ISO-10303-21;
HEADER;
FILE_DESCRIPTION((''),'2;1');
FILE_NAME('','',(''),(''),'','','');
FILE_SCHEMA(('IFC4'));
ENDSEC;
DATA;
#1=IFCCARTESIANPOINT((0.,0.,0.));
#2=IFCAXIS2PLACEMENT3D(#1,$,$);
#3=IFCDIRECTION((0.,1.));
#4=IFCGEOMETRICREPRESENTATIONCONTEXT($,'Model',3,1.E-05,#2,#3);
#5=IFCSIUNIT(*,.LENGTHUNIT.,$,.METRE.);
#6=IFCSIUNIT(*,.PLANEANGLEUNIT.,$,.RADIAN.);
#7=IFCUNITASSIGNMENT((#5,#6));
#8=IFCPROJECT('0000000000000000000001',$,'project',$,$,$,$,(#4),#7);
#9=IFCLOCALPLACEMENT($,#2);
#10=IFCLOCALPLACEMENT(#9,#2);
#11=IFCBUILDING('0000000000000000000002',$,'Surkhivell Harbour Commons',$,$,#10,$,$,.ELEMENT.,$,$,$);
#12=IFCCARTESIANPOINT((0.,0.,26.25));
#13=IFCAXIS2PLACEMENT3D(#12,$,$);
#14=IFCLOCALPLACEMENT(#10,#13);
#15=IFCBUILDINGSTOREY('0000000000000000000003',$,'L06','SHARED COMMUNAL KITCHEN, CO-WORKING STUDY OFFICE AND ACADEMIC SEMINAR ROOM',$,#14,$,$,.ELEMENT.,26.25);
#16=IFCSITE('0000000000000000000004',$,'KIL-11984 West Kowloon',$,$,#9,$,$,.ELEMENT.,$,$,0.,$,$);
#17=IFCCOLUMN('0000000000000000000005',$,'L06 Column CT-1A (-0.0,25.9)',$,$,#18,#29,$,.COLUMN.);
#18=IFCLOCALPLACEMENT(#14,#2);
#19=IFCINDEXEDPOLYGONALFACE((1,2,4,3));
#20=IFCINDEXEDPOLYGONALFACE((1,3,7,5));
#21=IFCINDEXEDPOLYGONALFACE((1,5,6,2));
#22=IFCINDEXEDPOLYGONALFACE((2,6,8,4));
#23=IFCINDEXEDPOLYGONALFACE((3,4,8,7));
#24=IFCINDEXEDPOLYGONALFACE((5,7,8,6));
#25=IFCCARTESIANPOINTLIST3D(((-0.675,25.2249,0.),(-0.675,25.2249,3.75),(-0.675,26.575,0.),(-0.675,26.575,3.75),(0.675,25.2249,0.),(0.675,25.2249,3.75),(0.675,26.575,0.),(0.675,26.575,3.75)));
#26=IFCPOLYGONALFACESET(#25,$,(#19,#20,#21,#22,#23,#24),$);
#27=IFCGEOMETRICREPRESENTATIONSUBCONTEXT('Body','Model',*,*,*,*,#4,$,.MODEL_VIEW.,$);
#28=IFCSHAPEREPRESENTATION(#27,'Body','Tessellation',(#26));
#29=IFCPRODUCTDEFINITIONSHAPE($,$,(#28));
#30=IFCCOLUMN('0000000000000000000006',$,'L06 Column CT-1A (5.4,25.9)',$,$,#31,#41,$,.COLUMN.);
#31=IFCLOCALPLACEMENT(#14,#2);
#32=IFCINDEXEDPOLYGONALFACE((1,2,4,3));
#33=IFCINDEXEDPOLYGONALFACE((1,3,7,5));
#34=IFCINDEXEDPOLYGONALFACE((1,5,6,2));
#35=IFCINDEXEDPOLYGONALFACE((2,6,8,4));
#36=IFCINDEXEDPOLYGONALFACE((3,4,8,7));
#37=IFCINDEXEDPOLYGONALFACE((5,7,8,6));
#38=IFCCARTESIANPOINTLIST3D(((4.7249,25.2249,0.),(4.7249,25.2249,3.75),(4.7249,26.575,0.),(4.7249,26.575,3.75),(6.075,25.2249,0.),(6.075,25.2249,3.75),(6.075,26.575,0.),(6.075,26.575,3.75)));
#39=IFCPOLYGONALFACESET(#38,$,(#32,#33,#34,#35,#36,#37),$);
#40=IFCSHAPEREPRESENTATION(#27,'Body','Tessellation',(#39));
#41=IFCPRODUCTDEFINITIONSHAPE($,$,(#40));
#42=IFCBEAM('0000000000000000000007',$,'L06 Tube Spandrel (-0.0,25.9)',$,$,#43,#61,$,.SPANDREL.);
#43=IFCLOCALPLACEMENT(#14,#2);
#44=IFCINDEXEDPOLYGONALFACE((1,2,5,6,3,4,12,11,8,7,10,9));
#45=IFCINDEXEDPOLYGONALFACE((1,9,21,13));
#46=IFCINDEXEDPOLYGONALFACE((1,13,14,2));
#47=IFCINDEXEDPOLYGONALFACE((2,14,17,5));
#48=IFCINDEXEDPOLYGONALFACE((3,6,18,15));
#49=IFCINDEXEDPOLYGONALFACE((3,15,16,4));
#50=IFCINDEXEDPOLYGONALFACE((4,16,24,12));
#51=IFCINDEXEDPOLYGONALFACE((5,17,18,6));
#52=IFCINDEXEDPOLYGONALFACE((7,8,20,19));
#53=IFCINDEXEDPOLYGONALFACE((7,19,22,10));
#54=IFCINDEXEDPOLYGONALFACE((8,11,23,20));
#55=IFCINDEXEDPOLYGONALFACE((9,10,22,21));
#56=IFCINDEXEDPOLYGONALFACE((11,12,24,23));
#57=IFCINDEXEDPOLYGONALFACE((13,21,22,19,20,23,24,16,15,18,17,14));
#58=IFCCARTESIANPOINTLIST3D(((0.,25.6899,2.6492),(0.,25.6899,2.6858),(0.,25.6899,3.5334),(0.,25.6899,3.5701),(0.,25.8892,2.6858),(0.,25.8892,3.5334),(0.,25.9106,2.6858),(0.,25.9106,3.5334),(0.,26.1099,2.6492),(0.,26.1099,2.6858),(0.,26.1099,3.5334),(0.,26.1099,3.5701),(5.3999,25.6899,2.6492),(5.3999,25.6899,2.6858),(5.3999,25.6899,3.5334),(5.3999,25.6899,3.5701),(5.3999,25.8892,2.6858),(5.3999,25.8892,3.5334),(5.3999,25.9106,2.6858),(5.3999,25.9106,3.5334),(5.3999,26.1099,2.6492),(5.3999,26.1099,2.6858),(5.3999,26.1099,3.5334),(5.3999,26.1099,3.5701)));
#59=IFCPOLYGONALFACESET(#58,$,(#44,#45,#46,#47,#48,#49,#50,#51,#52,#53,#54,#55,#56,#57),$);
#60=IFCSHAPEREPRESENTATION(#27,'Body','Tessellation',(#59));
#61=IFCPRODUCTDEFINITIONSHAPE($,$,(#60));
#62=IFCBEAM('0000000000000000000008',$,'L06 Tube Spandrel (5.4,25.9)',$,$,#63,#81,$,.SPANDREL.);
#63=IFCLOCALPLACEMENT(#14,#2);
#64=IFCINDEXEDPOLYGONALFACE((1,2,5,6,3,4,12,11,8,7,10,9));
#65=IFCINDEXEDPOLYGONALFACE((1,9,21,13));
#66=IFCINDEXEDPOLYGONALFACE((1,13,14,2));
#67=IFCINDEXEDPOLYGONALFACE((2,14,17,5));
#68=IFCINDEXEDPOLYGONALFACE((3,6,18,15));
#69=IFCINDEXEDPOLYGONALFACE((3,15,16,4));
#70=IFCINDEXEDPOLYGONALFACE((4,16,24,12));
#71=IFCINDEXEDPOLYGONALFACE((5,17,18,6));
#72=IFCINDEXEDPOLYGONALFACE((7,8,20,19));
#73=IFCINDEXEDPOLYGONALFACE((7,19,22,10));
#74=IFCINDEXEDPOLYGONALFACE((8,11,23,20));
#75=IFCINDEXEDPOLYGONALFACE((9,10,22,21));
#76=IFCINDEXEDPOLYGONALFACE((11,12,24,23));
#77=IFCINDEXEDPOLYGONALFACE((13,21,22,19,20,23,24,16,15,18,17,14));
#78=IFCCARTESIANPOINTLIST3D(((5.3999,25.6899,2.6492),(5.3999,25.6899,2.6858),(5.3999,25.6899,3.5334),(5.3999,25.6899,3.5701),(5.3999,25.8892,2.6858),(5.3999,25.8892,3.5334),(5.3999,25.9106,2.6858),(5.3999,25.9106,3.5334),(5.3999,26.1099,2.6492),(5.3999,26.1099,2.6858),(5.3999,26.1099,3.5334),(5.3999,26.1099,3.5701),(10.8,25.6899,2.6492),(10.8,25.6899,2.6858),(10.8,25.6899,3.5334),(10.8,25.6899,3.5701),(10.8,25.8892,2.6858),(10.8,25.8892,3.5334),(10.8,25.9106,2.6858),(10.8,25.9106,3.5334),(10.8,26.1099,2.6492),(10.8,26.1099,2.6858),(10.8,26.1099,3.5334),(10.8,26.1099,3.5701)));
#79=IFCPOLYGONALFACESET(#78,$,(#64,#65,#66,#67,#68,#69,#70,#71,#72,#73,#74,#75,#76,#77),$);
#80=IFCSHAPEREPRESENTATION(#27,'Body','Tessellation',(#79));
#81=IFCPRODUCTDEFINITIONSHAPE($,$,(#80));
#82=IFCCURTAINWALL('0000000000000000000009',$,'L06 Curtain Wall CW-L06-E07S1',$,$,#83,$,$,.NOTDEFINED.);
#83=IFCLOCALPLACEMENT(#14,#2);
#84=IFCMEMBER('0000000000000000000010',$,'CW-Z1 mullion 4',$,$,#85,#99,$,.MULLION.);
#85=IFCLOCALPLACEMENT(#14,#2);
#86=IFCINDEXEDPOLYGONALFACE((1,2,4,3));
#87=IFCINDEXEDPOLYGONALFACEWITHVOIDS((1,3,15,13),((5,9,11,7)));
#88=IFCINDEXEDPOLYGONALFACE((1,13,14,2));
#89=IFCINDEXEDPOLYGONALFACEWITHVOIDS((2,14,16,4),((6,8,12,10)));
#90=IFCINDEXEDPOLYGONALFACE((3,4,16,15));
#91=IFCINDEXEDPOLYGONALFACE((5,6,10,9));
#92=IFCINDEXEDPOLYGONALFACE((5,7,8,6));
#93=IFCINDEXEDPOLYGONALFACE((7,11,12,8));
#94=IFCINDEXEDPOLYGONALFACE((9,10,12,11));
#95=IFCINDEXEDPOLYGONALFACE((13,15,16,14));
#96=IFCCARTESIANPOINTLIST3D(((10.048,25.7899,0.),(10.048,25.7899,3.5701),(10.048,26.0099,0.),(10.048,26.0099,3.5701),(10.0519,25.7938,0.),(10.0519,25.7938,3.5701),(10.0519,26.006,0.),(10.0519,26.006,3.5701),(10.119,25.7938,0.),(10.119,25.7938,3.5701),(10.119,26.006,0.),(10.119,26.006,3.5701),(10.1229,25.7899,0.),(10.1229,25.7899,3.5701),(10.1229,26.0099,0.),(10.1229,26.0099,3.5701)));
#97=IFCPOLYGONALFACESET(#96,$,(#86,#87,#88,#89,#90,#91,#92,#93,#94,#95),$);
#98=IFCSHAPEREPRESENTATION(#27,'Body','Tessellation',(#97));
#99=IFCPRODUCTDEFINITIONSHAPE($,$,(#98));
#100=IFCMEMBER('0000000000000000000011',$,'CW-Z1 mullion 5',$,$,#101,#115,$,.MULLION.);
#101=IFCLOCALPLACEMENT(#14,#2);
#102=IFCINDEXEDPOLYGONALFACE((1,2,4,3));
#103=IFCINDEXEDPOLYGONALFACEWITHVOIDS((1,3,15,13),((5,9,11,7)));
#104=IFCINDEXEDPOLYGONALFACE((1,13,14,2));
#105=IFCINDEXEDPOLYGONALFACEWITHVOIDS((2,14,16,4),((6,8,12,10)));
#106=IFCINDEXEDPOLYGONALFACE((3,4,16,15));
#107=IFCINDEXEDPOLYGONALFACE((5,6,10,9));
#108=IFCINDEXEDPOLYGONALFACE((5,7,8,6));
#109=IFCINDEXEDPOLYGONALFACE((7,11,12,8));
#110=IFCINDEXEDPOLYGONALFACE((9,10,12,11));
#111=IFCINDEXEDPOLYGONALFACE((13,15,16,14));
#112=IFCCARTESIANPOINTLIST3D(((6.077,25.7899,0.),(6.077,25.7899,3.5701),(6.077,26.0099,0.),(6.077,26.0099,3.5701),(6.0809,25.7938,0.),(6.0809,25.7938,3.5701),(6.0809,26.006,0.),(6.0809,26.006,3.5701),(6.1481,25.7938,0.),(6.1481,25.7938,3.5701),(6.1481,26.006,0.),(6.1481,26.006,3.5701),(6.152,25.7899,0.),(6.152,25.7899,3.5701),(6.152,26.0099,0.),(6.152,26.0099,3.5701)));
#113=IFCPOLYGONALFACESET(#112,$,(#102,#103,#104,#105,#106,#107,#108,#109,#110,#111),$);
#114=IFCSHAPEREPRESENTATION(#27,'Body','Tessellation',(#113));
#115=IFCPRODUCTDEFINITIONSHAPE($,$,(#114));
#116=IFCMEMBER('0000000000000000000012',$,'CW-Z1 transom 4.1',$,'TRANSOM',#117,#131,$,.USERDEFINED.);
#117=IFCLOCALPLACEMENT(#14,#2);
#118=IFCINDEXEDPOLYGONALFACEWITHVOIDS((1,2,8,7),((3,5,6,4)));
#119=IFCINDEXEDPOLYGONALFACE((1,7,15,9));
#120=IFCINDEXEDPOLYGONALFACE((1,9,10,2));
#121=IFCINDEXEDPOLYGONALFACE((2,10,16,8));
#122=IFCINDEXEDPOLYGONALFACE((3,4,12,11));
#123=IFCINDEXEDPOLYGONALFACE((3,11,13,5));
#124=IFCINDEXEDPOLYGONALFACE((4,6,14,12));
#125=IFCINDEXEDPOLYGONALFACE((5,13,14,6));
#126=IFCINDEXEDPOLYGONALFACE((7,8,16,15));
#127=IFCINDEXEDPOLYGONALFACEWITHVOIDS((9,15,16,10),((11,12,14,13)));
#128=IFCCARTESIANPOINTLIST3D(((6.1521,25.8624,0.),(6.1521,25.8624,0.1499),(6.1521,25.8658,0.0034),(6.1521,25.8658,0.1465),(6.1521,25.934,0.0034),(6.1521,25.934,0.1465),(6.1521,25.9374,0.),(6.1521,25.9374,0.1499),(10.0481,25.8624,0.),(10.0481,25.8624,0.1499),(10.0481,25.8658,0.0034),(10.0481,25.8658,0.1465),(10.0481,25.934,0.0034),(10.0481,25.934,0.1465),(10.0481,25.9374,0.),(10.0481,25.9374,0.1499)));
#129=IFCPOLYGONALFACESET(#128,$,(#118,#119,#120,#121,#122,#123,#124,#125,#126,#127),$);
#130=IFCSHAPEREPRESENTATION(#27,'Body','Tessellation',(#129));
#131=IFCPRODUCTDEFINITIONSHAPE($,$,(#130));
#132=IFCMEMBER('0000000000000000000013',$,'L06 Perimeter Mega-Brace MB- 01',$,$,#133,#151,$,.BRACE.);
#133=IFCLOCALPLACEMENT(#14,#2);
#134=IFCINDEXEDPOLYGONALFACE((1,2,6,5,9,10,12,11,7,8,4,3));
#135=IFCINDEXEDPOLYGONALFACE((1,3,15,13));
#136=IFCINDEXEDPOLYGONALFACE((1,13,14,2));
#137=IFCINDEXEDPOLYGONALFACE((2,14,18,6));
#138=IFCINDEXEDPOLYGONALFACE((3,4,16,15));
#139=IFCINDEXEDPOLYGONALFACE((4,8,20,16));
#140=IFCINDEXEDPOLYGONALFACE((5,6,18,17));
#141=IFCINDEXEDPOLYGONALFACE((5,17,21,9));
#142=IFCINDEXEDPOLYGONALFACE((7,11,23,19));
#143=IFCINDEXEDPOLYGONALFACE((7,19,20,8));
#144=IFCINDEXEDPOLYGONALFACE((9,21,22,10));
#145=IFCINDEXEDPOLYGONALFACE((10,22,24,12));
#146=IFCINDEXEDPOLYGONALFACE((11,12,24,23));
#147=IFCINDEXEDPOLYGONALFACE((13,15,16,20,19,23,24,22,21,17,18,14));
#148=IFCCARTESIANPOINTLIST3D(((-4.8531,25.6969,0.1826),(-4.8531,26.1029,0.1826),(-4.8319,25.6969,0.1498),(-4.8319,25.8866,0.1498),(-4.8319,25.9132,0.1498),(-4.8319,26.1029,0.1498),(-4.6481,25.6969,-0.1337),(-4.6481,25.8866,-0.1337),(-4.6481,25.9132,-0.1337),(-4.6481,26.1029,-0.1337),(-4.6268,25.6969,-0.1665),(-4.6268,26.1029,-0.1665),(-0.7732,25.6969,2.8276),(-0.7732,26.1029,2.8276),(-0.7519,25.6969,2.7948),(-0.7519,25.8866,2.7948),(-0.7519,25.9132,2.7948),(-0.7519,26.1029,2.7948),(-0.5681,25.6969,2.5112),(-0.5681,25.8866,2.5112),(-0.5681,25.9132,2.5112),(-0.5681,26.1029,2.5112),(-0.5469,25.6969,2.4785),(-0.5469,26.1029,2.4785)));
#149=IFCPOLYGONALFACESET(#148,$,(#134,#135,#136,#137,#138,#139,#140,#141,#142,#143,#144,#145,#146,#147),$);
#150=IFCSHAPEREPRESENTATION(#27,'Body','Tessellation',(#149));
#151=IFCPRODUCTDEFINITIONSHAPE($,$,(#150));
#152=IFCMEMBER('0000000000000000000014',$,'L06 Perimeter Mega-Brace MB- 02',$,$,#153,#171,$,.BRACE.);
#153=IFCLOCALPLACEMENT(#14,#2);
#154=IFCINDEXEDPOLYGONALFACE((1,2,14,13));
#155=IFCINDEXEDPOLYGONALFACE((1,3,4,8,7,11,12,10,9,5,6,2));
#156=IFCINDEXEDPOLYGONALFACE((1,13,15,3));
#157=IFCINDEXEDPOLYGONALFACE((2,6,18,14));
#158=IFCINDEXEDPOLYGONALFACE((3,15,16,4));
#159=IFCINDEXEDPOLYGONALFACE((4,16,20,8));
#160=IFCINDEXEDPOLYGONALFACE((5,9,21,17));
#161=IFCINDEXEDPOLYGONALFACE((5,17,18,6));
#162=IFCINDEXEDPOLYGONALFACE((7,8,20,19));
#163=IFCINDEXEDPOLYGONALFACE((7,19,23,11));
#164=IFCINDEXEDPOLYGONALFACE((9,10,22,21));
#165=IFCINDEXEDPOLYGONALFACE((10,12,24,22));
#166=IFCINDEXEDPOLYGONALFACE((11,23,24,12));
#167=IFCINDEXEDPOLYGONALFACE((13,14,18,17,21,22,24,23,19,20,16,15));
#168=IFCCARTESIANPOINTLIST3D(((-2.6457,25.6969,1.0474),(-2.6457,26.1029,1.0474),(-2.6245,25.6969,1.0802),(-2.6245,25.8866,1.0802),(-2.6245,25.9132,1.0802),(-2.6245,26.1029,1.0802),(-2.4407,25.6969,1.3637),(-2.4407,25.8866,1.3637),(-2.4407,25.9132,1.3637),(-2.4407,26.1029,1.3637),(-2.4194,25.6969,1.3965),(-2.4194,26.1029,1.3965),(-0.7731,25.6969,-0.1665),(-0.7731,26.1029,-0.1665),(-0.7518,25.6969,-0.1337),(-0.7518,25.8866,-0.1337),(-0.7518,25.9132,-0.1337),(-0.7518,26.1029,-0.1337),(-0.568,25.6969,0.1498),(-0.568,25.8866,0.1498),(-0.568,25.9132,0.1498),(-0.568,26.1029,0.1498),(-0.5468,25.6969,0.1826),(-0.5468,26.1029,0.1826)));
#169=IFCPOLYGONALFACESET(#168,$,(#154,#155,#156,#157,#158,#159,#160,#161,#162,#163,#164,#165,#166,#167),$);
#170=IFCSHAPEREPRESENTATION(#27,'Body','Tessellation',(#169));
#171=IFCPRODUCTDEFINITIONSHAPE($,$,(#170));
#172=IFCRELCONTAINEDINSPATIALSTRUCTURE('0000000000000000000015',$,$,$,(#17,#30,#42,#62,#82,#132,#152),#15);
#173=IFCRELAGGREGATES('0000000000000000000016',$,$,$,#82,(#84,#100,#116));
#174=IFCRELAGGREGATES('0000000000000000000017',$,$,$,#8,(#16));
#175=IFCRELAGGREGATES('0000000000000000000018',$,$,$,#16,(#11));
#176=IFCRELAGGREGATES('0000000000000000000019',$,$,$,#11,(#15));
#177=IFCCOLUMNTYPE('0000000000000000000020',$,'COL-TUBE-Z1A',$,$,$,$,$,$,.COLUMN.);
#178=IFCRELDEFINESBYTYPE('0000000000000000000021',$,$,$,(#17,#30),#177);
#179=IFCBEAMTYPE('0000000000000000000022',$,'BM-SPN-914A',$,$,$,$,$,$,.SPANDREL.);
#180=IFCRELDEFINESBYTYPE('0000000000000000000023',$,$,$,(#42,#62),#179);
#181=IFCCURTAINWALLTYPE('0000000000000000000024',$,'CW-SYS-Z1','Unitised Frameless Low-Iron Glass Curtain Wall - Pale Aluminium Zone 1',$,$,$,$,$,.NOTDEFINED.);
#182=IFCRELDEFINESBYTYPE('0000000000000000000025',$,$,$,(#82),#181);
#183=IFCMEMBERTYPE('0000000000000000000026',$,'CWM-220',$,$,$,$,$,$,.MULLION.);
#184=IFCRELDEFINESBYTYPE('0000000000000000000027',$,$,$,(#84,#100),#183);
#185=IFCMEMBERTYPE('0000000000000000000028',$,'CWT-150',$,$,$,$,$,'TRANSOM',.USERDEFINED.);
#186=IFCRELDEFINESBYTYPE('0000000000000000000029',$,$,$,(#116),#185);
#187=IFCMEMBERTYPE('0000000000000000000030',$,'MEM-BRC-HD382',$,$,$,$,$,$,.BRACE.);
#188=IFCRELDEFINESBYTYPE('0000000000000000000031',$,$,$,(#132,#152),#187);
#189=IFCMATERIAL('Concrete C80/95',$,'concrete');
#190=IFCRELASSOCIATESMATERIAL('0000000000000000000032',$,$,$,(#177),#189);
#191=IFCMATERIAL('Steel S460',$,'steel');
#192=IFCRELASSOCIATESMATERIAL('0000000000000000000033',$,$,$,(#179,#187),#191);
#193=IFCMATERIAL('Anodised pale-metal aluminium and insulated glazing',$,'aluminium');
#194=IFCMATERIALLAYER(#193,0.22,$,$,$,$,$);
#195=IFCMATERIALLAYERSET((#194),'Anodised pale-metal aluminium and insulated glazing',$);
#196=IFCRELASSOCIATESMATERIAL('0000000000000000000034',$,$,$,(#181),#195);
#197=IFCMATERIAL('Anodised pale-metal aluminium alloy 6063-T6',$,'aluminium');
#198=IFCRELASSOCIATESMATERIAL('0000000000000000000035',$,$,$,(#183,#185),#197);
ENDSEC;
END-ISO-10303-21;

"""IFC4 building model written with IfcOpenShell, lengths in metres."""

from ifc_helpers import new_model, si_unit, direction, frame, origin, origin_2d, place, context, subcontext, project, spatial, rectangle, hollow_rectangle, i_section, extrude, material, layer, layer_set, material_profile, profile_set, type_object, element, aggregate, save


model = new_model("IFC4")

# Units and contexts
model_context = context("Model", 3, precision=1e-05, world=origin(), true_north=direction((0.0, 1.0)))
body_context = subcontext(model_context, "Body", "Model", "MODEL_VIEW")
ifc_project = project(units=[si_unit("LENGTHUNIT", "METRE"), si_unit("PLANEANGLEUNIT", "RADIAN")], contexts=[model_context])

# Site, building, storey
site_placement = place(None, origin())
site = spatial("IfcSite", under=ifc_project, at=site_placement, Name="KIL-11984 West Kowloon", CompositionType="ELEMENT", RefElevation=0.0)
building_placement = place(site_placement, origin())
building = spatial("IfcBuilding", under=site, at=building_placement, Name="Surkhivell Harbour Commons", CompositionType="ELEMENT")
storey_placement = place(building_placement, frame((0.0, 0.0, 26.25)))
storey = spatial("IfcBuildingStorey", under=building, at=storey_placement, Name="L06", Description="SHARED COMMUNAL KITCHEN, CO-WORKING STUDY OFFICE AND ACADEMIC SEMINAR ROOM", CompositionType="ELEMENT", Elevation=26.25)

# Columns
ifc_material_1 = material(Name="Concrete C80/95", Category="concrete")
ifc_material_profile_1 = material_profile(ifc_material_1, rectangle(XDim=1.3501, YDim=1.3501, at=origin_2d()), Name="RC-COL-1350x1350")
ifc_profile_set_1 = profile_set([ifc_material_profile_1], Name="Concrete C80/95")
column_type = type_object("IfcColumnType", Name="COL-TUBE-Z1A", PredefinedType="COLUMN", material=ifc_profile_set_1)
for number, where, z_axis, x_axis, name in (
    (1, (0.0, 25.8999, 0.0), (0.0, 0.0, 1.0), (1.0, 0.0, 0.0), "L06 Column CT-1A (-0.0,25.9)"),
    (2, (5.3999, 25.8999, 0.0), (0.0, 0.0, 1.0), (1.0, 0.0, 0.0), "L06 Column CT-1A (5.4,25.9)"),
):
    element("IfcColumn", number, at=place(storey_placement, frame(where, z_axis=z_axis, x_axis=x_axis)), inside=storey, type_object=column_type, Name=name, PredefinedType="COLUMN", context=body_context, shape_type="SweptSolid", body=[
        extrude(rectangle(XDim=1.3501, YDim=1.3501, at=origin_2d()), origin(), (0.0, 0.0, 1.0), 3.75),
    ])

# Beams
ifc_material_2 = material(Name="Steel S460", Category="steel")
ifc_material_profile_2 = material_profile(ifc_material_2, i_section(OverallWidth=0.4199, OverallDepth=0.9209, WebThickness=0.0215, FlangeThickness=0.0366, at=origin_2d()), Name="UB914x419x388")
ifc_profile_set_2 = profile_set([ifc_material_profile_2], Name="Steel S460")
beam_type = type_object("IfcBeamType", Name="BM-SPN-914A", PredefinedType="SPANDREL", material=ifc_profile_set_2)
beam_1_placement = place(storey_placement, frame((0.0, 25.8999, 3.1096), z_axis=(1.0, 0.0, 0.0), x_axis=(0.0, 1.0, 0.0)))
element("IfcBeam", 3, at=beam_1_placement, inside=storey, type_object=beam_type, Name="L06 Tube Spandrel (-0.0,25.9)", PredefinedType="SPANDREL", context=body_context, shape_type="SweptSolid", body=[
    extrude(i_section(OverallWidth=0.4199, OverallDepth=0.9209, WebThickness=0.0215, FlangeThickness=0.0366, at=origin_2d()), origin(), (0.0, 0.0, 1.0), 5.3999),
])
beam_2_placement = place(storey_placement, frame((5.3999, 25.8999, 3.1096), z_axis=(1.0, 0.0, 0.0), x_axis=(0.0, 1.0, 0.0)))
element("IfcBeam", 4, at=beam_2_placement, inside=storey, type_object=beam_type, Name="L06 Tube Spandrel (5.4,25.9)", PredefinedType="SPANDREL", context=body_context, shape_type="SweptSolid", body=[
    extrude(i_section(OverallWidth=0.4199, OverallDepth=0.9209, WebThickness=0.0215, FlangeThickness=0.0366, at=origin_2d()), origin(), (0.0, 0.0, 1.0), 5.4001),
])

# Curtain wall, members
ifc_material_3 = material(Name="Anodised pale-metal aluminium and insulated glazing", Category="aluminium")
ifc_layer_1 = layer(ifc_material_3, 0.22)
ifc_layer_set_1 = layer_set([ifc_layer_1], Name="Anodised pale-metal aluminium and insulated glazing")
curtain_wall_type = type_object("IfcCurtainWallType", Name="CW-SYS-Z1", Description="Unitised Frameless Low-Iron Glass Curtain Wall - Pale Aluminium Zone 1", PredefinedType="NOTDEFINED", material=ifc_layer_set_1)
curtain_wall_placement = place(storey_placement, origin())
curtain_wall = element("IfcCurtainWall", 5, at=curtain_wall_placement, inside=storey, type_object=curtain_wall_type, Name="L06 Curtain Wall CW-L06-E07S1", PredefinedType="NOTDEFINED")
ifc_material_4 = material(Name="Anodised pale-metal aluminium alloy 6063-T6", Category="aluminium")
ifc_material_profile_3 = material_profile(ifc_material_4, hollow_rectangle(XDim=0.075, YDim=0.22, WallThickness=0.0039, at=origin_2d()), Name="ALU-MULL-75x220")
ifc_profile_set_3 = profile_set([ifc_material_profile_3], Name="Anodised pale-metal aluminium alloy 6063-T6")
member_type_1 = type_object("IfcMemberType", Name="CWM-220", PredefinedType="MULLION", material=ifc_profile_set_3)
member_1_placement = place(storey_placement, frame((10.0854, 25.8999, 0.0), z_axis=(0.0, 0.0, 1.0), x_axis=(-1.0, 0.0, 0.0)))
member_1 = element("IfcMember", 6, at=member_1_placement, type_object=member_type_1, Name="CW-Z1 mullion 4", PredefinedType="MULLION", context=body_context, shape_type="SweptSolid", body=[
    extrude(hollow_rectangle(XDim=0.075, YDim=0.22, WallThickness=0.0039, at=origin_2d()), origin(), (0.0, 0.0, 1.0), 3.5701),
])
member_2_placement = place(storey_placement, frame((6.1145, 25.8999, 0.0), z_axis=(0.0, 0.0, 1.0), x_axis=(-1.0, 0.0, 0.0)))
member_2 = element("IfcMember", 7, at=member_2_placement, type_object=member_type_1, Name="CW-Z1 mullion 5", PredefinedType="MULLION", context=body_context, shape_type="SweptSolid", body=[
    extrude(hollow_rectangle(XDim=0.075, YDim=0.22, WallThickness=0.0039, at=origin_2d()), origin(), (0.0, 0.0, 1.0), 3.5701),
])
ifc_material_profile_4 = material_profile(ifc_material_4, hollow_rectangle(XDim=0.075, YDim=0.1499, WallThickness=0.0034, at=origin_2d()), Name="ALU-TRAN-75x150")
ifc_profile_set_4 = profile_set([ifc_material_profile_4], Name="Anodised pale-metal aluminium alloy 6063-T6")
member_type_2 = type_object("IfcMemberType", Name="CWT-150", ElementType="TRANSOM", PredefinedType="USERDEFINED", material=ifc_profile_set_4)
member_3_placement = place(storey_placement, frame((10.0481, 25.8999, 0.075), z_axis=(-1.0, 0.0, 0.0), x_axis=(0.0, -1.0, 0.0)))
member_3 = element("IfcMember", 8, at=member_3_placement, type_object=member_type_2, Name="CW-Z1 transom 4.1", ObjectType="TRANSOM", PredefinedType="USERDEFINED", context=body_context, shape_type="SweptSolid", body=[
    extrude(hollow_rectangle(XDim=0.075, YDim=0.1499, WallThickness=0.0034, at=origin_2d()), origin(), (0.0, 0.0, 1.0), 3.896),
])

# Members
ifc_material_profile_5 = material_profile(ifc_material_2, i_section(OverallWidth=0.406, OverallDepth=0.416, WebThickness=0.0266, FlangeThickness=0.0391, at=origin_2d()), Name="HD400x382")
ifc_profile_set_5 = profile_set([ifc_material_profile_5], Name="Steel S460")
member_type_3 = type_object("IfcMemberType", Name="MEM-BRC-HD382", PredefinedType="BRACE", material=ifc_profile_set_5)
member_4_placement = place(storey_placement, frame((-4.74, 25.8999, 0.0081), z_axis=(0.839104, 0.0, 0.543971), x_axis=(0.0, 1.0, 0.0)))
element("IfcMember", 9, at=member_4_placement, inside=storey, type_object=member_type_3, Name="L06 Perimeter Mega-Brace MB- 01", PredefinedType="BRACE", context=body_context, shape_type="SweptSolid", body=[
    extrude(i_section(OverallWidth=0.406, OverallDepth=0.416, WebThickness=0.0266, FlangeThickness=0.0391, at=origin_2d()), origin(), (0.0, 0.0, 1.0), 4.8623),
])
member_5_placement = place(storey_placement, frame((-0.6599, 25.8999, 0.0081), z_axis=(-0.839118, 0.0, 0.54395), x_axis=(0.0, -1.0, 0.0)))
element("IfcMember", 10, at=member_5_placement, inside=storey, type_object=member_type_3, Name="L06 Perimeter Mega-Brace MB- 02", PredefinedType="BRACE", context=body_context, shape_type="SweptSolid", body=[
    extrude(i_section(OverallWidth=0.406, OverallDepth=0.416, WebThickness=0.0266, FlangeThickness=0.0391, at=origin_2d()), origin(), (0.0, 0.0, 1.0), 2.2317),
])

aggregate(curtain_wall, [member_1, member_2, member_3])

save(model, "model.ifc")
